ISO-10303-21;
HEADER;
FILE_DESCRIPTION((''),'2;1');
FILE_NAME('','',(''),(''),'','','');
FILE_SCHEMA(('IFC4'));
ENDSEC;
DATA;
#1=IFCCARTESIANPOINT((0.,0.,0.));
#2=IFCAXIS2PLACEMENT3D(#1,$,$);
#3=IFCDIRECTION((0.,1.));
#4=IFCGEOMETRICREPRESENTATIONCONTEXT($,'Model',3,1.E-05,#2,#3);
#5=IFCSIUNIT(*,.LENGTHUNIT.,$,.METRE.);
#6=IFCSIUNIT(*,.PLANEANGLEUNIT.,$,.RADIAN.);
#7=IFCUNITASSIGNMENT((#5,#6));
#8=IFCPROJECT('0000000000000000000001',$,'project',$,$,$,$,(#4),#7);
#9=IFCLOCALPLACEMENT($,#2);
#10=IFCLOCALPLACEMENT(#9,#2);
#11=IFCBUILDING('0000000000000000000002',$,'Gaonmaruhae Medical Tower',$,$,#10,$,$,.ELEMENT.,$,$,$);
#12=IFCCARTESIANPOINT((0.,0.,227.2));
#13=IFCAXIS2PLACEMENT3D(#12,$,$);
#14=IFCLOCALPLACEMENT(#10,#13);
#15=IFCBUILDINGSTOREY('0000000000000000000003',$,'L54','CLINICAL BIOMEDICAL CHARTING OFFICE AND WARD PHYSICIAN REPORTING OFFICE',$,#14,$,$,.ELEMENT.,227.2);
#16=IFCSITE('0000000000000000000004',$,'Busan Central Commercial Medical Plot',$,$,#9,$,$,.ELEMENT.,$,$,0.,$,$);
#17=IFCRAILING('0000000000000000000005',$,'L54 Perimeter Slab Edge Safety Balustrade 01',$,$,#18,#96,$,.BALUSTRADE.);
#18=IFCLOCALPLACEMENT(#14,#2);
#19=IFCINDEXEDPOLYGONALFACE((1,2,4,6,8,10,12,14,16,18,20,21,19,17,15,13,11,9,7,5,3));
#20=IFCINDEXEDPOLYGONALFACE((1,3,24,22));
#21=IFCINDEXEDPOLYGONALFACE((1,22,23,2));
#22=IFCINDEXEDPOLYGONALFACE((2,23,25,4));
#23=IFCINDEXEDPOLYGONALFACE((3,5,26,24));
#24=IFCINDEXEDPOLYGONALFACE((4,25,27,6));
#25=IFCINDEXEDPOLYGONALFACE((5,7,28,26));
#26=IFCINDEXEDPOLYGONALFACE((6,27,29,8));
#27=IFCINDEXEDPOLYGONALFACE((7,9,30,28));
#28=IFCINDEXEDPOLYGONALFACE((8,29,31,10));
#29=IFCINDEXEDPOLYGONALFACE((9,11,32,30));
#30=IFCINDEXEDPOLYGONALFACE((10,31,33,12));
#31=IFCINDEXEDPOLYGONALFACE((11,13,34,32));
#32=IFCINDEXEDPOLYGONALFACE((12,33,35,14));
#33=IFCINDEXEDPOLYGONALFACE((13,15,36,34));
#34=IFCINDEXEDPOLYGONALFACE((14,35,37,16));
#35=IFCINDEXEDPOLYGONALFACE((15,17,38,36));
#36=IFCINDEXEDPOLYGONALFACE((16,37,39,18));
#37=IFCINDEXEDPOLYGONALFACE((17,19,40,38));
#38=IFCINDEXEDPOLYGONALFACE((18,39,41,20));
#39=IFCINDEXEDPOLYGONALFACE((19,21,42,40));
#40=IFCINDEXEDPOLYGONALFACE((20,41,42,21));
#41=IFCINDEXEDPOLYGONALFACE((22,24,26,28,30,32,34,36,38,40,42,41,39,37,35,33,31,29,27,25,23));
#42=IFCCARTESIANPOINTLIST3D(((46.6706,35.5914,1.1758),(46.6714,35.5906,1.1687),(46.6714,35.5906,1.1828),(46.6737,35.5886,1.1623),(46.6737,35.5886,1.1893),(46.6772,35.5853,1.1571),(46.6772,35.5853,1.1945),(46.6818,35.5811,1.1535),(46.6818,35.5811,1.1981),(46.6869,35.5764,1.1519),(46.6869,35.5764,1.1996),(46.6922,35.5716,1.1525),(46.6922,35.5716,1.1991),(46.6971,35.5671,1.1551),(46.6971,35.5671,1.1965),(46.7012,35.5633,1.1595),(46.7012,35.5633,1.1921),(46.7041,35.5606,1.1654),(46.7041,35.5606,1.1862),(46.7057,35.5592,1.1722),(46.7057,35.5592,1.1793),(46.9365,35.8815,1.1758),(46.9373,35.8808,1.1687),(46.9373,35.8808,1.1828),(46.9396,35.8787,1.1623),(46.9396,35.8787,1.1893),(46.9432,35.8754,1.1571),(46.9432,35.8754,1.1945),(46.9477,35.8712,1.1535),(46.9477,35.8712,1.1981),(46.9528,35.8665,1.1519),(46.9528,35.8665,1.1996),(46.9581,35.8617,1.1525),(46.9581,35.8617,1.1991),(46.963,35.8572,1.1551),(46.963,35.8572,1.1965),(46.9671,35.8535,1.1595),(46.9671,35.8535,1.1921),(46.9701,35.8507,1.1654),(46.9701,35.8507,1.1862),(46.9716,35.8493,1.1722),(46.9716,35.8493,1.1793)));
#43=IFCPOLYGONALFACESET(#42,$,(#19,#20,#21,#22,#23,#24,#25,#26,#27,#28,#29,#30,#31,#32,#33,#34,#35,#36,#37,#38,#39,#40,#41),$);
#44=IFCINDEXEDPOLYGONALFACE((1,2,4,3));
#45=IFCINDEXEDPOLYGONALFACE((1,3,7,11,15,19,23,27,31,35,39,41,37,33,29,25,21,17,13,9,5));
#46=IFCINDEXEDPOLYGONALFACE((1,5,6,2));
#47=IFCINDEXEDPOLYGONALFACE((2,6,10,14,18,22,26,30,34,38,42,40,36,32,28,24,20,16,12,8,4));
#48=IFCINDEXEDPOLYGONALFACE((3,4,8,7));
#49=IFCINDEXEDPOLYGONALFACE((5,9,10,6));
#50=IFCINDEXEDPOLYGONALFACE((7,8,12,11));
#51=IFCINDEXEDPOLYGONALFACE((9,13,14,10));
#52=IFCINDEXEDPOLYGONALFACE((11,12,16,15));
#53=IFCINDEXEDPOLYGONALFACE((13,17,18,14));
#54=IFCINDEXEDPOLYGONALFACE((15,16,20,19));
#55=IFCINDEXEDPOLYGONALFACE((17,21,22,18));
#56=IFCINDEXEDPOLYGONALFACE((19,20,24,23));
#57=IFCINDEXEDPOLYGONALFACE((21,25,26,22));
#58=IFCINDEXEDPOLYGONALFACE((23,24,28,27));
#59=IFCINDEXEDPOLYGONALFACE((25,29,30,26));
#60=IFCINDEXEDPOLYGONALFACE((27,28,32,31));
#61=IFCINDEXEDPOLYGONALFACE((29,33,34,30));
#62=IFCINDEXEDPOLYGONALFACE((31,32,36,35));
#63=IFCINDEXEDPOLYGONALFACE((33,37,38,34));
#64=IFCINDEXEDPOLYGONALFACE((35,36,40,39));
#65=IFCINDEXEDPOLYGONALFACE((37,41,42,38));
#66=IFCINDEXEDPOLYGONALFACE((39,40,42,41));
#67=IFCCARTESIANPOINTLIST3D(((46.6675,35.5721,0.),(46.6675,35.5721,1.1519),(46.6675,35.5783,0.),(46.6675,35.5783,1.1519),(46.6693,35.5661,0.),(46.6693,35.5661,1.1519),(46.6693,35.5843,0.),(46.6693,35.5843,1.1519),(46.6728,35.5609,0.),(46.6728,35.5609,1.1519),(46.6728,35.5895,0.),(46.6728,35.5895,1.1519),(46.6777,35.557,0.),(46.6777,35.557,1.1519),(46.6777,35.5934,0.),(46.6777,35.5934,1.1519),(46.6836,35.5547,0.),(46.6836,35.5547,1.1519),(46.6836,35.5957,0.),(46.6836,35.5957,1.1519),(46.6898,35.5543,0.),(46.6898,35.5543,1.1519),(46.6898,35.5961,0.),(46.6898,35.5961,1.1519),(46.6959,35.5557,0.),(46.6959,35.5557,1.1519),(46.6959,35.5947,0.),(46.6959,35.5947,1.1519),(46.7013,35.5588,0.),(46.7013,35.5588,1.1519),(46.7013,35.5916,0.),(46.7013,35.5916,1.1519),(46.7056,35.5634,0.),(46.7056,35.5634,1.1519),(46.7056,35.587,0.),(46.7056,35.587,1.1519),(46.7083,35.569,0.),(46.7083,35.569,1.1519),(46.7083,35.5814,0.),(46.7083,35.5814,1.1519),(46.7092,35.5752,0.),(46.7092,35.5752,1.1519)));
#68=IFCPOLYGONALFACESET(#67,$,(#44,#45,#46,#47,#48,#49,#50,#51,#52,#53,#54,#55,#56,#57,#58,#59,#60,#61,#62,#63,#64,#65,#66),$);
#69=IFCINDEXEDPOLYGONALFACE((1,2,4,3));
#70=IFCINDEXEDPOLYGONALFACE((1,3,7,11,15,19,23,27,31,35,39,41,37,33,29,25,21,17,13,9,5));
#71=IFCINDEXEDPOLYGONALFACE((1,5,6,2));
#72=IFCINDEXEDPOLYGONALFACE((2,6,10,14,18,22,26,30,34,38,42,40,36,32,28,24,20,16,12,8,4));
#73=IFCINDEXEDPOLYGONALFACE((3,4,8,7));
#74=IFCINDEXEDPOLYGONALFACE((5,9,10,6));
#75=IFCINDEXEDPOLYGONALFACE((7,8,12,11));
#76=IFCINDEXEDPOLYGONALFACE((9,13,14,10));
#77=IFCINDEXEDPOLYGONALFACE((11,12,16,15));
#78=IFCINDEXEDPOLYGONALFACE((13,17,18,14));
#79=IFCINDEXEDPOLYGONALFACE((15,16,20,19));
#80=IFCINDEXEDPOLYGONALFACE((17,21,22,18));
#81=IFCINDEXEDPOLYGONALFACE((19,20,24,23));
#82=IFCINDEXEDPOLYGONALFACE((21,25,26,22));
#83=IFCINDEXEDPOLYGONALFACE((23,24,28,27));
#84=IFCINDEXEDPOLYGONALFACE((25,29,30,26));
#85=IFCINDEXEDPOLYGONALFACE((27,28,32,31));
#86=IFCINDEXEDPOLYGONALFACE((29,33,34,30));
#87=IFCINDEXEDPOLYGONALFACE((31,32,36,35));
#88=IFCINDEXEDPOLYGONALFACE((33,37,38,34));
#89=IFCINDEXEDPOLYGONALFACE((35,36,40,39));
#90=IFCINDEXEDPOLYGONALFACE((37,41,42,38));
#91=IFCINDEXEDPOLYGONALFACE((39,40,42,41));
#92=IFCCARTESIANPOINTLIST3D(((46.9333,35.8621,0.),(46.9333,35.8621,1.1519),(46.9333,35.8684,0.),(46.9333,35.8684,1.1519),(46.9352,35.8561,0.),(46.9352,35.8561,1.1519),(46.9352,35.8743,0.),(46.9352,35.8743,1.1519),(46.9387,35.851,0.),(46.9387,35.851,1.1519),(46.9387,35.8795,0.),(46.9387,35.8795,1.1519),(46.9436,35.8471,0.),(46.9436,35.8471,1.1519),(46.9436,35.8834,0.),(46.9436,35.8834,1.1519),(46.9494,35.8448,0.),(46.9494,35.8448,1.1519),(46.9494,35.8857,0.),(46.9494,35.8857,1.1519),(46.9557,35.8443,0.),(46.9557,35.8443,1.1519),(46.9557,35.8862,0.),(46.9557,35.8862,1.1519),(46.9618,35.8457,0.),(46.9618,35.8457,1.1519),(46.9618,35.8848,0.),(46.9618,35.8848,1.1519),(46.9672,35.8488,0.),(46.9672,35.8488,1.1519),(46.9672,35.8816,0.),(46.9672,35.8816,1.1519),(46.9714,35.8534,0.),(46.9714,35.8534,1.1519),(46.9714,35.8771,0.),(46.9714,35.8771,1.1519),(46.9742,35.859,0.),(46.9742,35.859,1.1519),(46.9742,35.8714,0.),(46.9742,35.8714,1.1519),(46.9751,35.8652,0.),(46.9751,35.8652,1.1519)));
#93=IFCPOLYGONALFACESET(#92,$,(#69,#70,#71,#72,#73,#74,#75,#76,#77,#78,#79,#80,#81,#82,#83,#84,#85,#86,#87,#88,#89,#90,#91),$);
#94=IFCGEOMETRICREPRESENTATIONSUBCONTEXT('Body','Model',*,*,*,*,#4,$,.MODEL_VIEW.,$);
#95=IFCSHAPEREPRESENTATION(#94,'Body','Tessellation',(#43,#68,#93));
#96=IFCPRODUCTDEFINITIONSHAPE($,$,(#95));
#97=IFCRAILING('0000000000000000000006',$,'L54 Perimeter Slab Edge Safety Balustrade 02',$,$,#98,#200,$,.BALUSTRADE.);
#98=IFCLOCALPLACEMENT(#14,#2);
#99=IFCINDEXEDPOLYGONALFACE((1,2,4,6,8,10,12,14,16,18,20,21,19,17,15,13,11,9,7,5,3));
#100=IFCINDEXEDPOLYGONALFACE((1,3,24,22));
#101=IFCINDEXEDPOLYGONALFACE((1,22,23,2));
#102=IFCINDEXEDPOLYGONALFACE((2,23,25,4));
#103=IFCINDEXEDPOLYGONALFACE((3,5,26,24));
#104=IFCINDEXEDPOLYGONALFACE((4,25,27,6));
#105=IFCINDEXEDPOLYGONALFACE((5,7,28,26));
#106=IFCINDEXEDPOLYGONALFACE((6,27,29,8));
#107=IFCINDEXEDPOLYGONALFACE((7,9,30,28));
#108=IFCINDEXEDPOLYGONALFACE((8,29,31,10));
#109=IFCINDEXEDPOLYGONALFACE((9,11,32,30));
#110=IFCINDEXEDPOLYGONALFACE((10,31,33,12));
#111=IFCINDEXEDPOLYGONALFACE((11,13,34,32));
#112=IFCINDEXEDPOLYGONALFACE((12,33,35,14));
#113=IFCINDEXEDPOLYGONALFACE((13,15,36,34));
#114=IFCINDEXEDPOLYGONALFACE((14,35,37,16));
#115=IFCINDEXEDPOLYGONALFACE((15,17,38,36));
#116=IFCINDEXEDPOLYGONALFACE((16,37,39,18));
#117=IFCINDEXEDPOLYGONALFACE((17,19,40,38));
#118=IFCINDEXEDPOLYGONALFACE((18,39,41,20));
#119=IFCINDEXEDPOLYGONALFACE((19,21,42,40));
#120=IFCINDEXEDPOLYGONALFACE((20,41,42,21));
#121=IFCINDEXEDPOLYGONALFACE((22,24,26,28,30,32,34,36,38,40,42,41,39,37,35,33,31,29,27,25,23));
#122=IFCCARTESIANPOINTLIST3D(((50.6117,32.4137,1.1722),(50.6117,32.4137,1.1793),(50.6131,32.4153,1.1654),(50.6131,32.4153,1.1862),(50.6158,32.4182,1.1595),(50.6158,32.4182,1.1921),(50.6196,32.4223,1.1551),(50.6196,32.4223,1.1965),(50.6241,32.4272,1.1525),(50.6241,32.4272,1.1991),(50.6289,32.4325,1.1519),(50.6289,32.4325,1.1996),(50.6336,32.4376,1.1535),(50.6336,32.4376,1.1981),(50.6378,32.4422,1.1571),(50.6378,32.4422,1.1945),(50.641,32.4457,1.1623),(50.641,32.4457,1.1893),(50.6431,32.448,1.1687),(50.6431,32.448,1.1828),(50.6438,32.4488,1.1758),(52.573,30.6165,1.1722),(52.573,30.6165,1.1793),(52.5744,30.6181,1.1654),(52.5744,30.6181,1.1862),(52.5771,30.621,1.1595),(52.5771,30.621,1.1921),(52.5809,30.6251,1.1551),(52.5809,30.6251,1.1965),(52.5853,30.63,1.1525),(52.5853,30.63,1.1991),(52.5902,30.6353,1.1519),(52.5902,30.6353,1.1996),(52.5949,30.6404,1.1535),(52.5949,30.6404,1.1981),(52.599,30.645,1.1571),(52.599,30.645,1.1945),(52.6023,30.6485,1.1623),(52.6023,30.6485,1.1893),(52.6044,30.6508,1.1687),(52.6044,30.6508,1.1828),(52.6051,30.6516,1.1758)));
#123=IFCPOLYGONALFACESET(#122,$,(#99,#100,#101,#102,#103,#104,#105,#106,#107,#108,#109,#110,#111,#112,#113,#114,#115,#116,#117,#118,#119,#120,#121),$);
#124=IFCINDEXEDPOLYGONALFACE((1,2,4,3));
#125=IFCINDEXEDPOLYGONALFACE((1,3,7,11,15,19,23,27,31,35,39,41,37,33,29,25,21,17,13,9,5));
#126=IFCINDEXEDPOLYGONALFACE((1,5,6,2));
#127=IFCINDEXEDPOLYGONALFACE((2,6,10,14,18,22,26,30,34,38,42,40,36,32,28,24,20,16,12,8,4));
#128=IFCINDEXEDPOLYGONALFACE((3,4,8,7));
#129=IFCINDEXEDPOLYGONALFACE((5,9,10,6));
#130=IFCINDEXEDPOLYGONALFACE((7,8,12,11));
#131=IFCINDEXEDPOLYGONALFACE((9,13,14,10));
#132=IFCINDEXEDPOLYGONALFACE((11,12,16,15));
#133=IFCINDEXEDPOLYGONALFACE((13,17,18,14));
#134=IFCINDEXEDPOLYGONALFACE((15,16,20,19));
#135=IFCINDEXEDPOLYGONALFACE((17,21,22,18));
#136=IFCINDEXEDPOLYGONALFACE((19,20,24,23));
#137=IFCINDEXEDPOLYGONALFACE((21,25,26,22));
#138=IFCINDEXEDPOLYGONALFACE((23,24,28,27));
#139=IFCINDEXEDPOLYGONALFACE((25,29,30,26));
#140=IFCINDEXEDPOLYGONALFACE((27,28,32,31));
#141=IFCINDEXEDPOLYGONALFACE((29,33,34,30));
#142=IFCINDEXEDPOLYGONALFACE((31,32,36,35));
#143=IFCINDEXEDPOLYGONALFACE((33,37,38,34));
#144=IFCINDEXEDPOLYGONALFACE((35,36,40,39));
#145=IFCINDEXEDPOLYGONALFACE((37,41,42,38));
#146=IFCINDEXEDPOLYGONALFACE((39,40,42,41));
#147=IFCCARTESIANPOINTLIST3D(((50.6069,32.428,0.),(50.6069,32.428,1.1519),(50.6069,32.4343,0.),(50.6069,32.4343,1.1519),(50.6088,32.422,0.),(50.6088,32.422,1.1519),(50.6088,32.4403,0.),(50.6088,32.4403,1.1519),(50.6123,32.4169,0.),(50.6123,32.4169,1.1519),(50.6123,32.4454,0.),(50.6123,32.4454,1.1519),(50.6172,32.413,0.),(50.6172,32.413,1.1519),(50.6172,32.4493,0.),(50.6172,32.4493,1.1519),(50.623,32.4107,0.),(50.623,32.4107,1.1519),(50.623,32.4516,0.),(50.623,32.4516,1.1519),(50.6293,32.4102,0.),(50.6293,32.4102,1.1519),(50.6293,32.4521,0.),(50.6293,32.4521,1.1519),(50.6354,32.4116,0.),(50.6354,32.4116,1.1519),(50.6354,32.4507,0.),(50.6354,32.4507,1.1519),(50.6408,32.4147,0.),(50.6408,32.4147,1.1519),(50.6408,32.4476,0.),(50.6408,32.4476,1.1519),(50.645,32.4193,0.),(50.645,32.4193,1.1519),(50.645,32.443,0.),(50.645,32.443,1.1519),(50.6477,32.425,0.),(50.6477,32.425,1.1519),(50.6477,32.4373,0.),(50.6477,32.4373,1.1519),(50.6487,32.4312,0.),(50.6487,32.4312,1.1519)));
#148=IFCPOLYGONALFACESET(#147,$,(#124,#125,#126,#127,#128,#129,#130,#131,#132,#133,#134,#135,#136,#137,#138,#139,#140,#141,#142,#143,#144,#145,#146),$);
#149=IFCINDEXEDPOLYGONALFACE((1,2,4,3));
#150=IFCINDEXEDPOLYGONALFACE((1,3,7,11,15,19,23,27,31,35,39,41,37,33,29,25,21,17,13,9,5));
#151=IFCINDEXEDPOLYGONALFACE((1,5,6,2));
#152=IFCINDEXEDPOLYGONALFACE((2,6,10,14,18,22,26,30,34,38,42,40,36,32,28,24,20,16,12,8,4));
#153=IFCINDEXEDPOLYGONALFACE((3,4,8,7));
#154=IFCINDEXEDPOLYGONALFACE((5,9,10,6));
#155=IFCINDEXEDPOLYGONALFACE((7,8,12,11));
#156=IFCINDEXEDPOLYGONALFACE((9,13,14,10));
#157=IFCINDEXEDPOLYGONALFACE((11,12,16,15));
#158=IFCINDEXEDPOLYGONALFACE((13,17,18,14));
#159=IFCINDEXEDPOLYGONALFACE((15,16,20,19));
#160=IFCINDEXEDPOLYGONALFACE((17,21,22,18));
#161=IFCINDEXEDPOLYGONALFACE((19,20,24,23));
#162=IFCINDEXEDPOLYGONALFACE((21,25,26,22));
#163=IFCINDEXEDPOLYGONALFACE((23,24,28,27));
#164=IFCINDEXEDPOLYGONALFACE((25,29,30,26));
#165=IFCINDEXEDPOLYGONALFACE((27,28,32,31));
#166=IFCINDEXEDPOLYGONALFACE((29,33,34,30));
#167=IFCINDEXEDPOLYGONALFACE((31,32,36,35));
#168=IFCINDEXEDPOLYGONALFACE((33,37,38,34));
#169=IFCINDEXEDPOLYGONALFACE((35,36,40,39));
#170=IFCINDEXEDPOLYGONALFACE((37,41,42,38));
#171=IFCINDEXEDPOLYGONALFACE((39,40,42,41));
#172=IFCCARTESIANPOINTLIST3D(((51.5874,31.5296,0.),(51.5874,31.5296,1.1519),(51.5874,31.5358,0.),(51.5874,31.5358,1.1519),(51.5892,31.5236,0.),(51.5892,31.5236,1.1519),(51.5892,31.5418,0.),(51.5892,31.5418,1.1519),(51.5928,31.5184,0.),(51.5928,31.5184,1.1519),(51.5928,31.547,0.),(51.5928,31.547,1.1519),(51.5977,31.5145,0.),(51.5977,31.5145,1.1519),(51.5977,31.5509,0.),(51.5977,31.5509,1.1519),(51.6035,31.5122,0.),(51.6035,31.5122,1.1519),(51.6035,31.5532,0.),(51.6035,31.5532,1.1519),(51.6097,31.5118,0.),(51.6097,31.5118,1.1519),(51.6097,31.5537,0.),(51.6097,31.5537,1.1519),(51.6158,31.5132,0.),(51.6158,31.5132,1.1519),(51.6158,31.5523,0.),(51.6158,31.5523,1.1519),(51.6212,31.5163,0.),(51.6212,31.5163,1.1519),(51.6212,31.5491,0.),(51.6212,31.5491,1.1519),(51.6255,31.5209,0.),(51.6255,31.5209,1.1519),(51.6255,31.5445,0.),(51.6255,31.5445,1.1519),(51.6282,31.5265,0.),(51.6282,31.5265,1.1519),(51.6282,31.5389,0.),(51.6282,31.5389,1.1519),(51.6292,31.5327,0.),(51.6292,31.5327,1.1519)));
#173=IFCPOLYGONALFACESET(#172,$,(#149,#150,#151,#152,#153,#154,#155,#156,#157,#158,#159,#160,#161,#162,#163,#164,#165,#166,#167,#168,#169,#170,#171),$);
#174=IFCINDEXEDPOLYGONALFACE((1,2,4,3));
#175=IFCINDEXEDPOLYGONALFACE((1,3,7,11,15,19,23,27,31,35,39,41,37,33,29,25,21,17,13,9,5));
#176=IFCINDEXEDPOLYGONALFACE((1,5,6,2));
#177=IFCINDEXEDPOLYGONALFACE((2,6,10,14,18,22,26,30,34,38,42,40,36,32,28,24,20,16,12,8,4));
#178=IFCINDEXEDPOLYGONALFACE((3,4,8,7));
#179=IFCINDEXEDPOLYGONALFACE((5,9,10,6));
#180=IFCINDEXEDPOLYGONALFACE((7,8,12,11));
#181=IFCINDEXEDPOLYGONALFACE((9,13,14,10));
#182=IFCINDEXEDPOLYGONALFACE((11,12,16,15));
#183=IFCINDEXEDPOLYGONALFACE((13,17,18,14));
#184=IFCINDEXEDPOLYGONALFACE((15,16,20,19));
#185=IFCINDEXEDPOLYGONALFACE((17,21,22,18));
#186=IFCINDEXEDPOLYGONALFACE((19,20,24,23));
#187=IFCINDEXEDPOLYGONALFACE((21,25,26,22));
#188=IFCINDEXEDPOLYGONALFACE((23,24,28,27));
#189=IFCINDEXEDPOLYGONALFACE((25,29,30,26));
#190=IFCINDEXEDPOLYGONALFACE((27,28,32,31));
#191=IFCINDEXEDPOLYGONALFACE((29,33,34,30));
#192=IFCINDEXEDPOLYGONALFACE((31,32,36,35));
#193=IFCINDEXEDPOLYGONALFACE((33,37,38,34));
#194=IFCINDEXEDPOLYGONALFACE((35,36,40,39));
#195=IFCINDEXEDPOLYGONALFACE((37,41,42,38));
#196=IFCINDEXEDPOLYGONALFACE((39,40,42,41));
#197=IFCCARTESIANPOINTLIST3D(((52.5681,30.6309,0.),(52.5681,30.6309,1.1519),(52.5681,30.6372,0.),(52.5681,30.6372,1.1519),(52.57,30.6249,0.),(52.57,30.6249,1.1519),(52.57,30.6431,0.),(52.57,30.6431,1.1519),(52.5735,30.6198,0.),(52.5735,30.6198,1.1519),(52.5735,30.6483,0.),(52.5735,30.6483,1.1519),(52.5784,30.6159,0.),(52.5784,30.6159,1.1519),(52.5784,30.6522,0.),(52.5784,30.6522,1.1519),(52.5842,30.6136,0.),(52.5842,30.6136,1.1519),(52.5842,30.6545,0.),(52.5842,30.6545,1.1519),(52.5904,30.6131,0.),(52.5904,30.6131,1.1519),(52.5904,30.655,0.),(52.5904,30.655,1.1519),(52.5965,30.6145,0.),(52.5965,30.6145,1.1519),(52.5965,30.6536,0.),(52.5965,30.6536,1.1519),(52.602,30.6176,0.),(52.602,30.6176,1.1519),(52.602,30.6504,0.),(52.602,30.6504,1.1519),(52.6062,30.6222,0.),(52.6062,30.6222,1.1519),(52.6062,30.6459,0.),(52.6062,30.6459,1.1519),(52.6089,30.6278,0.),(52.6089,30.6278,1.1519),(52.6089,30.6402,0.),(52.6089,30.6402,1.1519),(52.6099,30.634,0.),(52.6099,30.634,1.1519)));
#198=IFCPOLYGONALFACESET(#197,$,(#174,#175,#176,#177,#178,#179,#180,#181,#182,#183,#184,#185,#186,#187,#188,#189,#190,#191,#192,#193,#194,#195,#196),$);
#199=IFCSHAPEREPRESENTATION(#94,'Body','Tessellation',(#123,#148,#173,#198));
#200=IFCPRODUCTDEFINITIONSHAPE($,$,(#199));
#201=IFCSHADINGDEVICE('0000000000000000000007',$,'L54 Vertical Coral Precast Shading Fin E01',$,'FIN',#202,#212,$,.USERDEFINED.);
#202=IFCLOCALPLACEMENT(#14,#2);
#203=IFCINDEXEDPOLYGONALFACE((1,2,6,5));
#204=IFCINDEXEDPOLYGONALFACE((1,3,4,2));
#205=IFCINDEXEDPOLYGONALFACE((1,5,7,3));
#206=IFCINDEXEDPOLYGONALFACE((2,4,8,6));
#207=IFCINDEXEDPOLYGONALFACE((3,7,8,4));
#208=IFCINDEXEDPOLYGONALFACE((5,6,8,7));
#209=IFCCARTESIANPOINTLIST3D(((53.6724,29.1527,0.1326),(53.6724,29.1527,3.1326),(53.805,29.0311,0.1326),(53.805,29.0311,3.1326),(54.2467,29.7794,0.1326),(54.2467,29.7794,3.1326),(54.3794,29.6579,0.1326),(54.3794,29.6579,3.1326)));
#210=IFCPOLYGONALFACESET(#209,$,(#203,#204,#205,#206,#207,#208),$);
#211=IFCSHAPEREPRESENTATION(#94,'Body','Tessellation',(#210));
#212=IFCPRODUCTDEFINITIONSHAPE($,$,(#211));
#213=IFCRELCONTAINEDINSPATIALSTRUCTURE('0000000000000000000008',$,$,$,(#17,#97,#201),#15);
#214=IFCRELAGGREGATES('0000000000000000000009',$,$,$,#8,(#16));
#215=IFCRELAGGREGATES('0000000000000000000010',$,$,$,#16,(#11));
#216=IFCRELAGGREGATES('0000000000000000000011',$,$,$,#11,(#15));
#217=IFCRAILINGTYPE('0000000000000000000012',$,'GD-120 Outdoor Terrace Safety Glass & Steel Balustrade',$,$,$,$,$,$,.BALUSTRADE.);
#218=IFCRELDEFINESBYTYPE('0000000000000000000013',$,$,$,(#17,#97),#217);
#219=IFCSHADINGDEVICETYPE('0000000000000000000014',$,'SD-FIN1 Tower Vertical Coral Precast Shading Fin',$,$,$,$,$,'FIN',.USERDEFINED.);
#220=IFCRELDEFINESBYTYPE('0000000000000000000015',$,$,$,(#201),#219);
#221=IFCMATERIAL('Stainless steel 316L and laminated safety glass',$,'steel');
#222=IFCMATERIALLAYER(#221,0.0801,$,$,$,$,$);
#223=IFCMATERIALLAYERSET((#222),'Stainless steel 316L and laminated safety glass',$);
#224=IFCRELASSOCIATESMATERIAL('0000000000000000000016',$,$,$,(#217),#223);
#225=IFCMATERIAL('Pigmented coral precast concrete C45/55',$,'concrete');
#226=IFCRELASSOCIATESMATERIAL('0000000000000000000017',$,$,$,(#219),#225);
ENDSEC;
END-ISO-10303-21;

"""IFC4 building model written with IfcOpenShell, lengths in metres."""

from ifc_helpers import new_model, si_unit, direction, frame, origin, origin_2d, place, context, subcontext, project, spatial, rectangle, circle, extrude, material, layer, layer_set, type_object, element, save


model = new_model("IFC4")

# Units and contexts
model_context = context("Model", 3, precision=1e-05, world=origin(), true_north=direction((0.0, 1.0)))
body_context = subcontext(model_context, "Body", "Model", "MODEL_VIEW")
ifc_project = project(units=[si_unit("LENGTHUNIT", "METRE"), si_unit("PLANEANGLEUNIT", "RADIAN")], contexts=[model_context])

# Site, building, storey
site_placement = place(None, origin())
site = spatial("IfcSite", under=ifc_project, at=site_placement, Name="Busan Central Commercial Medical Plot", CompositionType="ELEMENT", RefElevation=0.0)
building_placement = place(site_placement, origin())
building = spatial("IfcBuilding", under=site, at=building_placement, Name="Gaonmaruhae Medical Tower", CompositionType="ELEMENT")
storey_placement = place(building_placement, frame((0.0, 0.0, 227.2)))
storey = spatial("IfcBuildingStorey", under=building, at=storey_placement, Name="L54", Description="CLINICAL BIOMEDICAL CHARTING OFFICE AND WARD PHYSICIAN REPORTING OFFICE", CompositionType="ELEMENT", Elevation=227.2)

# Railings
ifc_material_1 = material(Name="Stainless steel 316L and laminated safety glass", Category="steel")
ifc_layer_1 = layer(ifc_material_1, 0.0801)
ifc_layer_set_1 = layer_set([ifc_layer_1], Name="Stainless steel 316L and laminated safety glass")
railing_type = type_object("IfcRailingType", Name="GD-120 Outdoor Terrace Safety Glass & Steel Balustrade", PredefinedType="BALUSTRADE", material=ifc_layer_set_1)
railing_1_placement = place(storey_placement, frame((46.6882, 35.5752, 0.0)))
element("IfcRailing", 1, at=railing_1_placement, inside=storey, type_object=railing_type, Name="L54 Perimeter Slab Edge Safety Balustrade 01", PredefinedType="BALUSTRADE", context=body_context, shape_type="SweptSolid", body=[
    extrude(circle(Radius=0.0239, at=origin_2d()), frame((0.0, 0.0, 1.1758), z_axis=(0.675725, 0.737154, 0.0), x_axis=(-0.737154, 0.675725, 0.0)), (0.0, 0.0, 1.0), 0.3936),
    extrude(circle(Radius=0.021, at=origin_2d()), origin(), (0.0, 0.0, 1.0), 1.1519),
    extrude(circle(Radius=0.021, at=origin_2d()), frame((0.2659, 0.29, 0.0)), (0.0, 0.0, 1.0), 1.1519),
])
railing_2_placement = place(storey_placement, frame((50.6277, 32.4312, 0.0)))
element("IfcRailing", 2, at=railing_2_placement, inside=storey, type_object=railing_type, Name="L54 Perimeter Slab Edge Safety Balustrade 02", PredefinedType="BALUSTRADE", context=body_context, shape_type="SweptSolid", body=[
    extrude(circle(Radius=0.0239, at=origin_2d()), frame((0.0, 0.0, 1.1758), z_axis=(0.737272, -0.675596, 0.0), x_axis=(0.675596, 0.737272, 0.0)), (0.0, 0.0, 1.0), 2.6602),
    extrude(circle(Radius=0.021, at=origin_2d()), origin(), (0.0, 0.0, 1.0), 1.1519),
    extrude(circle(Radius=0.021, at=origin_2d()), frame((0.9805, -0.8984, 0.0)), (0.0, 0.0, 1.0), 1.1519),
    extrude(circle(Radius=0.021, at=origin_2d()), frame((1.9612, -1.7971, 0.0)), (0.0, 0.0, 1.0), 1.1519),
])

# Shading device
ifc_material_2 = material(Name="Pigmented coral precast concrete C45/55", Category="concrete")
shading_device_type = type_object("IfcShadingDeviceType", Name="SD-FIN1 Tower Vertical Coral Precast Shading Fin", ElementType="FIN", PredefinedType="USERDEFINED", material=ifc_material_2)
for number, where, z_axis, x_axis, name in (
    (3, (54.0259, 29.4053, 0.1326), (0.0, 0.0, 1.0), (0.737277, -0.67559, 0.0), "L54 Vertical Coral Precast Shading Fin E01"),
):
    element("IfcShadingDevice", number, at=place(storey_placement, frame(where, z_axis=z_axis, x_axis=x_axis)), inside=storey, type_object=shading_device_type, Name=name, ObjectType="FIN", PredefinedType="USERDEFINED", context=body_context, shape_type="SweptSolid", body=[
        extrude(rectangle(XDim=0.1799, YDim=0.8501, at=origin_2d()), origin(), (0.0, 0.0, 1.0), 3.0),
    ])

save(model, "model.ifc")
